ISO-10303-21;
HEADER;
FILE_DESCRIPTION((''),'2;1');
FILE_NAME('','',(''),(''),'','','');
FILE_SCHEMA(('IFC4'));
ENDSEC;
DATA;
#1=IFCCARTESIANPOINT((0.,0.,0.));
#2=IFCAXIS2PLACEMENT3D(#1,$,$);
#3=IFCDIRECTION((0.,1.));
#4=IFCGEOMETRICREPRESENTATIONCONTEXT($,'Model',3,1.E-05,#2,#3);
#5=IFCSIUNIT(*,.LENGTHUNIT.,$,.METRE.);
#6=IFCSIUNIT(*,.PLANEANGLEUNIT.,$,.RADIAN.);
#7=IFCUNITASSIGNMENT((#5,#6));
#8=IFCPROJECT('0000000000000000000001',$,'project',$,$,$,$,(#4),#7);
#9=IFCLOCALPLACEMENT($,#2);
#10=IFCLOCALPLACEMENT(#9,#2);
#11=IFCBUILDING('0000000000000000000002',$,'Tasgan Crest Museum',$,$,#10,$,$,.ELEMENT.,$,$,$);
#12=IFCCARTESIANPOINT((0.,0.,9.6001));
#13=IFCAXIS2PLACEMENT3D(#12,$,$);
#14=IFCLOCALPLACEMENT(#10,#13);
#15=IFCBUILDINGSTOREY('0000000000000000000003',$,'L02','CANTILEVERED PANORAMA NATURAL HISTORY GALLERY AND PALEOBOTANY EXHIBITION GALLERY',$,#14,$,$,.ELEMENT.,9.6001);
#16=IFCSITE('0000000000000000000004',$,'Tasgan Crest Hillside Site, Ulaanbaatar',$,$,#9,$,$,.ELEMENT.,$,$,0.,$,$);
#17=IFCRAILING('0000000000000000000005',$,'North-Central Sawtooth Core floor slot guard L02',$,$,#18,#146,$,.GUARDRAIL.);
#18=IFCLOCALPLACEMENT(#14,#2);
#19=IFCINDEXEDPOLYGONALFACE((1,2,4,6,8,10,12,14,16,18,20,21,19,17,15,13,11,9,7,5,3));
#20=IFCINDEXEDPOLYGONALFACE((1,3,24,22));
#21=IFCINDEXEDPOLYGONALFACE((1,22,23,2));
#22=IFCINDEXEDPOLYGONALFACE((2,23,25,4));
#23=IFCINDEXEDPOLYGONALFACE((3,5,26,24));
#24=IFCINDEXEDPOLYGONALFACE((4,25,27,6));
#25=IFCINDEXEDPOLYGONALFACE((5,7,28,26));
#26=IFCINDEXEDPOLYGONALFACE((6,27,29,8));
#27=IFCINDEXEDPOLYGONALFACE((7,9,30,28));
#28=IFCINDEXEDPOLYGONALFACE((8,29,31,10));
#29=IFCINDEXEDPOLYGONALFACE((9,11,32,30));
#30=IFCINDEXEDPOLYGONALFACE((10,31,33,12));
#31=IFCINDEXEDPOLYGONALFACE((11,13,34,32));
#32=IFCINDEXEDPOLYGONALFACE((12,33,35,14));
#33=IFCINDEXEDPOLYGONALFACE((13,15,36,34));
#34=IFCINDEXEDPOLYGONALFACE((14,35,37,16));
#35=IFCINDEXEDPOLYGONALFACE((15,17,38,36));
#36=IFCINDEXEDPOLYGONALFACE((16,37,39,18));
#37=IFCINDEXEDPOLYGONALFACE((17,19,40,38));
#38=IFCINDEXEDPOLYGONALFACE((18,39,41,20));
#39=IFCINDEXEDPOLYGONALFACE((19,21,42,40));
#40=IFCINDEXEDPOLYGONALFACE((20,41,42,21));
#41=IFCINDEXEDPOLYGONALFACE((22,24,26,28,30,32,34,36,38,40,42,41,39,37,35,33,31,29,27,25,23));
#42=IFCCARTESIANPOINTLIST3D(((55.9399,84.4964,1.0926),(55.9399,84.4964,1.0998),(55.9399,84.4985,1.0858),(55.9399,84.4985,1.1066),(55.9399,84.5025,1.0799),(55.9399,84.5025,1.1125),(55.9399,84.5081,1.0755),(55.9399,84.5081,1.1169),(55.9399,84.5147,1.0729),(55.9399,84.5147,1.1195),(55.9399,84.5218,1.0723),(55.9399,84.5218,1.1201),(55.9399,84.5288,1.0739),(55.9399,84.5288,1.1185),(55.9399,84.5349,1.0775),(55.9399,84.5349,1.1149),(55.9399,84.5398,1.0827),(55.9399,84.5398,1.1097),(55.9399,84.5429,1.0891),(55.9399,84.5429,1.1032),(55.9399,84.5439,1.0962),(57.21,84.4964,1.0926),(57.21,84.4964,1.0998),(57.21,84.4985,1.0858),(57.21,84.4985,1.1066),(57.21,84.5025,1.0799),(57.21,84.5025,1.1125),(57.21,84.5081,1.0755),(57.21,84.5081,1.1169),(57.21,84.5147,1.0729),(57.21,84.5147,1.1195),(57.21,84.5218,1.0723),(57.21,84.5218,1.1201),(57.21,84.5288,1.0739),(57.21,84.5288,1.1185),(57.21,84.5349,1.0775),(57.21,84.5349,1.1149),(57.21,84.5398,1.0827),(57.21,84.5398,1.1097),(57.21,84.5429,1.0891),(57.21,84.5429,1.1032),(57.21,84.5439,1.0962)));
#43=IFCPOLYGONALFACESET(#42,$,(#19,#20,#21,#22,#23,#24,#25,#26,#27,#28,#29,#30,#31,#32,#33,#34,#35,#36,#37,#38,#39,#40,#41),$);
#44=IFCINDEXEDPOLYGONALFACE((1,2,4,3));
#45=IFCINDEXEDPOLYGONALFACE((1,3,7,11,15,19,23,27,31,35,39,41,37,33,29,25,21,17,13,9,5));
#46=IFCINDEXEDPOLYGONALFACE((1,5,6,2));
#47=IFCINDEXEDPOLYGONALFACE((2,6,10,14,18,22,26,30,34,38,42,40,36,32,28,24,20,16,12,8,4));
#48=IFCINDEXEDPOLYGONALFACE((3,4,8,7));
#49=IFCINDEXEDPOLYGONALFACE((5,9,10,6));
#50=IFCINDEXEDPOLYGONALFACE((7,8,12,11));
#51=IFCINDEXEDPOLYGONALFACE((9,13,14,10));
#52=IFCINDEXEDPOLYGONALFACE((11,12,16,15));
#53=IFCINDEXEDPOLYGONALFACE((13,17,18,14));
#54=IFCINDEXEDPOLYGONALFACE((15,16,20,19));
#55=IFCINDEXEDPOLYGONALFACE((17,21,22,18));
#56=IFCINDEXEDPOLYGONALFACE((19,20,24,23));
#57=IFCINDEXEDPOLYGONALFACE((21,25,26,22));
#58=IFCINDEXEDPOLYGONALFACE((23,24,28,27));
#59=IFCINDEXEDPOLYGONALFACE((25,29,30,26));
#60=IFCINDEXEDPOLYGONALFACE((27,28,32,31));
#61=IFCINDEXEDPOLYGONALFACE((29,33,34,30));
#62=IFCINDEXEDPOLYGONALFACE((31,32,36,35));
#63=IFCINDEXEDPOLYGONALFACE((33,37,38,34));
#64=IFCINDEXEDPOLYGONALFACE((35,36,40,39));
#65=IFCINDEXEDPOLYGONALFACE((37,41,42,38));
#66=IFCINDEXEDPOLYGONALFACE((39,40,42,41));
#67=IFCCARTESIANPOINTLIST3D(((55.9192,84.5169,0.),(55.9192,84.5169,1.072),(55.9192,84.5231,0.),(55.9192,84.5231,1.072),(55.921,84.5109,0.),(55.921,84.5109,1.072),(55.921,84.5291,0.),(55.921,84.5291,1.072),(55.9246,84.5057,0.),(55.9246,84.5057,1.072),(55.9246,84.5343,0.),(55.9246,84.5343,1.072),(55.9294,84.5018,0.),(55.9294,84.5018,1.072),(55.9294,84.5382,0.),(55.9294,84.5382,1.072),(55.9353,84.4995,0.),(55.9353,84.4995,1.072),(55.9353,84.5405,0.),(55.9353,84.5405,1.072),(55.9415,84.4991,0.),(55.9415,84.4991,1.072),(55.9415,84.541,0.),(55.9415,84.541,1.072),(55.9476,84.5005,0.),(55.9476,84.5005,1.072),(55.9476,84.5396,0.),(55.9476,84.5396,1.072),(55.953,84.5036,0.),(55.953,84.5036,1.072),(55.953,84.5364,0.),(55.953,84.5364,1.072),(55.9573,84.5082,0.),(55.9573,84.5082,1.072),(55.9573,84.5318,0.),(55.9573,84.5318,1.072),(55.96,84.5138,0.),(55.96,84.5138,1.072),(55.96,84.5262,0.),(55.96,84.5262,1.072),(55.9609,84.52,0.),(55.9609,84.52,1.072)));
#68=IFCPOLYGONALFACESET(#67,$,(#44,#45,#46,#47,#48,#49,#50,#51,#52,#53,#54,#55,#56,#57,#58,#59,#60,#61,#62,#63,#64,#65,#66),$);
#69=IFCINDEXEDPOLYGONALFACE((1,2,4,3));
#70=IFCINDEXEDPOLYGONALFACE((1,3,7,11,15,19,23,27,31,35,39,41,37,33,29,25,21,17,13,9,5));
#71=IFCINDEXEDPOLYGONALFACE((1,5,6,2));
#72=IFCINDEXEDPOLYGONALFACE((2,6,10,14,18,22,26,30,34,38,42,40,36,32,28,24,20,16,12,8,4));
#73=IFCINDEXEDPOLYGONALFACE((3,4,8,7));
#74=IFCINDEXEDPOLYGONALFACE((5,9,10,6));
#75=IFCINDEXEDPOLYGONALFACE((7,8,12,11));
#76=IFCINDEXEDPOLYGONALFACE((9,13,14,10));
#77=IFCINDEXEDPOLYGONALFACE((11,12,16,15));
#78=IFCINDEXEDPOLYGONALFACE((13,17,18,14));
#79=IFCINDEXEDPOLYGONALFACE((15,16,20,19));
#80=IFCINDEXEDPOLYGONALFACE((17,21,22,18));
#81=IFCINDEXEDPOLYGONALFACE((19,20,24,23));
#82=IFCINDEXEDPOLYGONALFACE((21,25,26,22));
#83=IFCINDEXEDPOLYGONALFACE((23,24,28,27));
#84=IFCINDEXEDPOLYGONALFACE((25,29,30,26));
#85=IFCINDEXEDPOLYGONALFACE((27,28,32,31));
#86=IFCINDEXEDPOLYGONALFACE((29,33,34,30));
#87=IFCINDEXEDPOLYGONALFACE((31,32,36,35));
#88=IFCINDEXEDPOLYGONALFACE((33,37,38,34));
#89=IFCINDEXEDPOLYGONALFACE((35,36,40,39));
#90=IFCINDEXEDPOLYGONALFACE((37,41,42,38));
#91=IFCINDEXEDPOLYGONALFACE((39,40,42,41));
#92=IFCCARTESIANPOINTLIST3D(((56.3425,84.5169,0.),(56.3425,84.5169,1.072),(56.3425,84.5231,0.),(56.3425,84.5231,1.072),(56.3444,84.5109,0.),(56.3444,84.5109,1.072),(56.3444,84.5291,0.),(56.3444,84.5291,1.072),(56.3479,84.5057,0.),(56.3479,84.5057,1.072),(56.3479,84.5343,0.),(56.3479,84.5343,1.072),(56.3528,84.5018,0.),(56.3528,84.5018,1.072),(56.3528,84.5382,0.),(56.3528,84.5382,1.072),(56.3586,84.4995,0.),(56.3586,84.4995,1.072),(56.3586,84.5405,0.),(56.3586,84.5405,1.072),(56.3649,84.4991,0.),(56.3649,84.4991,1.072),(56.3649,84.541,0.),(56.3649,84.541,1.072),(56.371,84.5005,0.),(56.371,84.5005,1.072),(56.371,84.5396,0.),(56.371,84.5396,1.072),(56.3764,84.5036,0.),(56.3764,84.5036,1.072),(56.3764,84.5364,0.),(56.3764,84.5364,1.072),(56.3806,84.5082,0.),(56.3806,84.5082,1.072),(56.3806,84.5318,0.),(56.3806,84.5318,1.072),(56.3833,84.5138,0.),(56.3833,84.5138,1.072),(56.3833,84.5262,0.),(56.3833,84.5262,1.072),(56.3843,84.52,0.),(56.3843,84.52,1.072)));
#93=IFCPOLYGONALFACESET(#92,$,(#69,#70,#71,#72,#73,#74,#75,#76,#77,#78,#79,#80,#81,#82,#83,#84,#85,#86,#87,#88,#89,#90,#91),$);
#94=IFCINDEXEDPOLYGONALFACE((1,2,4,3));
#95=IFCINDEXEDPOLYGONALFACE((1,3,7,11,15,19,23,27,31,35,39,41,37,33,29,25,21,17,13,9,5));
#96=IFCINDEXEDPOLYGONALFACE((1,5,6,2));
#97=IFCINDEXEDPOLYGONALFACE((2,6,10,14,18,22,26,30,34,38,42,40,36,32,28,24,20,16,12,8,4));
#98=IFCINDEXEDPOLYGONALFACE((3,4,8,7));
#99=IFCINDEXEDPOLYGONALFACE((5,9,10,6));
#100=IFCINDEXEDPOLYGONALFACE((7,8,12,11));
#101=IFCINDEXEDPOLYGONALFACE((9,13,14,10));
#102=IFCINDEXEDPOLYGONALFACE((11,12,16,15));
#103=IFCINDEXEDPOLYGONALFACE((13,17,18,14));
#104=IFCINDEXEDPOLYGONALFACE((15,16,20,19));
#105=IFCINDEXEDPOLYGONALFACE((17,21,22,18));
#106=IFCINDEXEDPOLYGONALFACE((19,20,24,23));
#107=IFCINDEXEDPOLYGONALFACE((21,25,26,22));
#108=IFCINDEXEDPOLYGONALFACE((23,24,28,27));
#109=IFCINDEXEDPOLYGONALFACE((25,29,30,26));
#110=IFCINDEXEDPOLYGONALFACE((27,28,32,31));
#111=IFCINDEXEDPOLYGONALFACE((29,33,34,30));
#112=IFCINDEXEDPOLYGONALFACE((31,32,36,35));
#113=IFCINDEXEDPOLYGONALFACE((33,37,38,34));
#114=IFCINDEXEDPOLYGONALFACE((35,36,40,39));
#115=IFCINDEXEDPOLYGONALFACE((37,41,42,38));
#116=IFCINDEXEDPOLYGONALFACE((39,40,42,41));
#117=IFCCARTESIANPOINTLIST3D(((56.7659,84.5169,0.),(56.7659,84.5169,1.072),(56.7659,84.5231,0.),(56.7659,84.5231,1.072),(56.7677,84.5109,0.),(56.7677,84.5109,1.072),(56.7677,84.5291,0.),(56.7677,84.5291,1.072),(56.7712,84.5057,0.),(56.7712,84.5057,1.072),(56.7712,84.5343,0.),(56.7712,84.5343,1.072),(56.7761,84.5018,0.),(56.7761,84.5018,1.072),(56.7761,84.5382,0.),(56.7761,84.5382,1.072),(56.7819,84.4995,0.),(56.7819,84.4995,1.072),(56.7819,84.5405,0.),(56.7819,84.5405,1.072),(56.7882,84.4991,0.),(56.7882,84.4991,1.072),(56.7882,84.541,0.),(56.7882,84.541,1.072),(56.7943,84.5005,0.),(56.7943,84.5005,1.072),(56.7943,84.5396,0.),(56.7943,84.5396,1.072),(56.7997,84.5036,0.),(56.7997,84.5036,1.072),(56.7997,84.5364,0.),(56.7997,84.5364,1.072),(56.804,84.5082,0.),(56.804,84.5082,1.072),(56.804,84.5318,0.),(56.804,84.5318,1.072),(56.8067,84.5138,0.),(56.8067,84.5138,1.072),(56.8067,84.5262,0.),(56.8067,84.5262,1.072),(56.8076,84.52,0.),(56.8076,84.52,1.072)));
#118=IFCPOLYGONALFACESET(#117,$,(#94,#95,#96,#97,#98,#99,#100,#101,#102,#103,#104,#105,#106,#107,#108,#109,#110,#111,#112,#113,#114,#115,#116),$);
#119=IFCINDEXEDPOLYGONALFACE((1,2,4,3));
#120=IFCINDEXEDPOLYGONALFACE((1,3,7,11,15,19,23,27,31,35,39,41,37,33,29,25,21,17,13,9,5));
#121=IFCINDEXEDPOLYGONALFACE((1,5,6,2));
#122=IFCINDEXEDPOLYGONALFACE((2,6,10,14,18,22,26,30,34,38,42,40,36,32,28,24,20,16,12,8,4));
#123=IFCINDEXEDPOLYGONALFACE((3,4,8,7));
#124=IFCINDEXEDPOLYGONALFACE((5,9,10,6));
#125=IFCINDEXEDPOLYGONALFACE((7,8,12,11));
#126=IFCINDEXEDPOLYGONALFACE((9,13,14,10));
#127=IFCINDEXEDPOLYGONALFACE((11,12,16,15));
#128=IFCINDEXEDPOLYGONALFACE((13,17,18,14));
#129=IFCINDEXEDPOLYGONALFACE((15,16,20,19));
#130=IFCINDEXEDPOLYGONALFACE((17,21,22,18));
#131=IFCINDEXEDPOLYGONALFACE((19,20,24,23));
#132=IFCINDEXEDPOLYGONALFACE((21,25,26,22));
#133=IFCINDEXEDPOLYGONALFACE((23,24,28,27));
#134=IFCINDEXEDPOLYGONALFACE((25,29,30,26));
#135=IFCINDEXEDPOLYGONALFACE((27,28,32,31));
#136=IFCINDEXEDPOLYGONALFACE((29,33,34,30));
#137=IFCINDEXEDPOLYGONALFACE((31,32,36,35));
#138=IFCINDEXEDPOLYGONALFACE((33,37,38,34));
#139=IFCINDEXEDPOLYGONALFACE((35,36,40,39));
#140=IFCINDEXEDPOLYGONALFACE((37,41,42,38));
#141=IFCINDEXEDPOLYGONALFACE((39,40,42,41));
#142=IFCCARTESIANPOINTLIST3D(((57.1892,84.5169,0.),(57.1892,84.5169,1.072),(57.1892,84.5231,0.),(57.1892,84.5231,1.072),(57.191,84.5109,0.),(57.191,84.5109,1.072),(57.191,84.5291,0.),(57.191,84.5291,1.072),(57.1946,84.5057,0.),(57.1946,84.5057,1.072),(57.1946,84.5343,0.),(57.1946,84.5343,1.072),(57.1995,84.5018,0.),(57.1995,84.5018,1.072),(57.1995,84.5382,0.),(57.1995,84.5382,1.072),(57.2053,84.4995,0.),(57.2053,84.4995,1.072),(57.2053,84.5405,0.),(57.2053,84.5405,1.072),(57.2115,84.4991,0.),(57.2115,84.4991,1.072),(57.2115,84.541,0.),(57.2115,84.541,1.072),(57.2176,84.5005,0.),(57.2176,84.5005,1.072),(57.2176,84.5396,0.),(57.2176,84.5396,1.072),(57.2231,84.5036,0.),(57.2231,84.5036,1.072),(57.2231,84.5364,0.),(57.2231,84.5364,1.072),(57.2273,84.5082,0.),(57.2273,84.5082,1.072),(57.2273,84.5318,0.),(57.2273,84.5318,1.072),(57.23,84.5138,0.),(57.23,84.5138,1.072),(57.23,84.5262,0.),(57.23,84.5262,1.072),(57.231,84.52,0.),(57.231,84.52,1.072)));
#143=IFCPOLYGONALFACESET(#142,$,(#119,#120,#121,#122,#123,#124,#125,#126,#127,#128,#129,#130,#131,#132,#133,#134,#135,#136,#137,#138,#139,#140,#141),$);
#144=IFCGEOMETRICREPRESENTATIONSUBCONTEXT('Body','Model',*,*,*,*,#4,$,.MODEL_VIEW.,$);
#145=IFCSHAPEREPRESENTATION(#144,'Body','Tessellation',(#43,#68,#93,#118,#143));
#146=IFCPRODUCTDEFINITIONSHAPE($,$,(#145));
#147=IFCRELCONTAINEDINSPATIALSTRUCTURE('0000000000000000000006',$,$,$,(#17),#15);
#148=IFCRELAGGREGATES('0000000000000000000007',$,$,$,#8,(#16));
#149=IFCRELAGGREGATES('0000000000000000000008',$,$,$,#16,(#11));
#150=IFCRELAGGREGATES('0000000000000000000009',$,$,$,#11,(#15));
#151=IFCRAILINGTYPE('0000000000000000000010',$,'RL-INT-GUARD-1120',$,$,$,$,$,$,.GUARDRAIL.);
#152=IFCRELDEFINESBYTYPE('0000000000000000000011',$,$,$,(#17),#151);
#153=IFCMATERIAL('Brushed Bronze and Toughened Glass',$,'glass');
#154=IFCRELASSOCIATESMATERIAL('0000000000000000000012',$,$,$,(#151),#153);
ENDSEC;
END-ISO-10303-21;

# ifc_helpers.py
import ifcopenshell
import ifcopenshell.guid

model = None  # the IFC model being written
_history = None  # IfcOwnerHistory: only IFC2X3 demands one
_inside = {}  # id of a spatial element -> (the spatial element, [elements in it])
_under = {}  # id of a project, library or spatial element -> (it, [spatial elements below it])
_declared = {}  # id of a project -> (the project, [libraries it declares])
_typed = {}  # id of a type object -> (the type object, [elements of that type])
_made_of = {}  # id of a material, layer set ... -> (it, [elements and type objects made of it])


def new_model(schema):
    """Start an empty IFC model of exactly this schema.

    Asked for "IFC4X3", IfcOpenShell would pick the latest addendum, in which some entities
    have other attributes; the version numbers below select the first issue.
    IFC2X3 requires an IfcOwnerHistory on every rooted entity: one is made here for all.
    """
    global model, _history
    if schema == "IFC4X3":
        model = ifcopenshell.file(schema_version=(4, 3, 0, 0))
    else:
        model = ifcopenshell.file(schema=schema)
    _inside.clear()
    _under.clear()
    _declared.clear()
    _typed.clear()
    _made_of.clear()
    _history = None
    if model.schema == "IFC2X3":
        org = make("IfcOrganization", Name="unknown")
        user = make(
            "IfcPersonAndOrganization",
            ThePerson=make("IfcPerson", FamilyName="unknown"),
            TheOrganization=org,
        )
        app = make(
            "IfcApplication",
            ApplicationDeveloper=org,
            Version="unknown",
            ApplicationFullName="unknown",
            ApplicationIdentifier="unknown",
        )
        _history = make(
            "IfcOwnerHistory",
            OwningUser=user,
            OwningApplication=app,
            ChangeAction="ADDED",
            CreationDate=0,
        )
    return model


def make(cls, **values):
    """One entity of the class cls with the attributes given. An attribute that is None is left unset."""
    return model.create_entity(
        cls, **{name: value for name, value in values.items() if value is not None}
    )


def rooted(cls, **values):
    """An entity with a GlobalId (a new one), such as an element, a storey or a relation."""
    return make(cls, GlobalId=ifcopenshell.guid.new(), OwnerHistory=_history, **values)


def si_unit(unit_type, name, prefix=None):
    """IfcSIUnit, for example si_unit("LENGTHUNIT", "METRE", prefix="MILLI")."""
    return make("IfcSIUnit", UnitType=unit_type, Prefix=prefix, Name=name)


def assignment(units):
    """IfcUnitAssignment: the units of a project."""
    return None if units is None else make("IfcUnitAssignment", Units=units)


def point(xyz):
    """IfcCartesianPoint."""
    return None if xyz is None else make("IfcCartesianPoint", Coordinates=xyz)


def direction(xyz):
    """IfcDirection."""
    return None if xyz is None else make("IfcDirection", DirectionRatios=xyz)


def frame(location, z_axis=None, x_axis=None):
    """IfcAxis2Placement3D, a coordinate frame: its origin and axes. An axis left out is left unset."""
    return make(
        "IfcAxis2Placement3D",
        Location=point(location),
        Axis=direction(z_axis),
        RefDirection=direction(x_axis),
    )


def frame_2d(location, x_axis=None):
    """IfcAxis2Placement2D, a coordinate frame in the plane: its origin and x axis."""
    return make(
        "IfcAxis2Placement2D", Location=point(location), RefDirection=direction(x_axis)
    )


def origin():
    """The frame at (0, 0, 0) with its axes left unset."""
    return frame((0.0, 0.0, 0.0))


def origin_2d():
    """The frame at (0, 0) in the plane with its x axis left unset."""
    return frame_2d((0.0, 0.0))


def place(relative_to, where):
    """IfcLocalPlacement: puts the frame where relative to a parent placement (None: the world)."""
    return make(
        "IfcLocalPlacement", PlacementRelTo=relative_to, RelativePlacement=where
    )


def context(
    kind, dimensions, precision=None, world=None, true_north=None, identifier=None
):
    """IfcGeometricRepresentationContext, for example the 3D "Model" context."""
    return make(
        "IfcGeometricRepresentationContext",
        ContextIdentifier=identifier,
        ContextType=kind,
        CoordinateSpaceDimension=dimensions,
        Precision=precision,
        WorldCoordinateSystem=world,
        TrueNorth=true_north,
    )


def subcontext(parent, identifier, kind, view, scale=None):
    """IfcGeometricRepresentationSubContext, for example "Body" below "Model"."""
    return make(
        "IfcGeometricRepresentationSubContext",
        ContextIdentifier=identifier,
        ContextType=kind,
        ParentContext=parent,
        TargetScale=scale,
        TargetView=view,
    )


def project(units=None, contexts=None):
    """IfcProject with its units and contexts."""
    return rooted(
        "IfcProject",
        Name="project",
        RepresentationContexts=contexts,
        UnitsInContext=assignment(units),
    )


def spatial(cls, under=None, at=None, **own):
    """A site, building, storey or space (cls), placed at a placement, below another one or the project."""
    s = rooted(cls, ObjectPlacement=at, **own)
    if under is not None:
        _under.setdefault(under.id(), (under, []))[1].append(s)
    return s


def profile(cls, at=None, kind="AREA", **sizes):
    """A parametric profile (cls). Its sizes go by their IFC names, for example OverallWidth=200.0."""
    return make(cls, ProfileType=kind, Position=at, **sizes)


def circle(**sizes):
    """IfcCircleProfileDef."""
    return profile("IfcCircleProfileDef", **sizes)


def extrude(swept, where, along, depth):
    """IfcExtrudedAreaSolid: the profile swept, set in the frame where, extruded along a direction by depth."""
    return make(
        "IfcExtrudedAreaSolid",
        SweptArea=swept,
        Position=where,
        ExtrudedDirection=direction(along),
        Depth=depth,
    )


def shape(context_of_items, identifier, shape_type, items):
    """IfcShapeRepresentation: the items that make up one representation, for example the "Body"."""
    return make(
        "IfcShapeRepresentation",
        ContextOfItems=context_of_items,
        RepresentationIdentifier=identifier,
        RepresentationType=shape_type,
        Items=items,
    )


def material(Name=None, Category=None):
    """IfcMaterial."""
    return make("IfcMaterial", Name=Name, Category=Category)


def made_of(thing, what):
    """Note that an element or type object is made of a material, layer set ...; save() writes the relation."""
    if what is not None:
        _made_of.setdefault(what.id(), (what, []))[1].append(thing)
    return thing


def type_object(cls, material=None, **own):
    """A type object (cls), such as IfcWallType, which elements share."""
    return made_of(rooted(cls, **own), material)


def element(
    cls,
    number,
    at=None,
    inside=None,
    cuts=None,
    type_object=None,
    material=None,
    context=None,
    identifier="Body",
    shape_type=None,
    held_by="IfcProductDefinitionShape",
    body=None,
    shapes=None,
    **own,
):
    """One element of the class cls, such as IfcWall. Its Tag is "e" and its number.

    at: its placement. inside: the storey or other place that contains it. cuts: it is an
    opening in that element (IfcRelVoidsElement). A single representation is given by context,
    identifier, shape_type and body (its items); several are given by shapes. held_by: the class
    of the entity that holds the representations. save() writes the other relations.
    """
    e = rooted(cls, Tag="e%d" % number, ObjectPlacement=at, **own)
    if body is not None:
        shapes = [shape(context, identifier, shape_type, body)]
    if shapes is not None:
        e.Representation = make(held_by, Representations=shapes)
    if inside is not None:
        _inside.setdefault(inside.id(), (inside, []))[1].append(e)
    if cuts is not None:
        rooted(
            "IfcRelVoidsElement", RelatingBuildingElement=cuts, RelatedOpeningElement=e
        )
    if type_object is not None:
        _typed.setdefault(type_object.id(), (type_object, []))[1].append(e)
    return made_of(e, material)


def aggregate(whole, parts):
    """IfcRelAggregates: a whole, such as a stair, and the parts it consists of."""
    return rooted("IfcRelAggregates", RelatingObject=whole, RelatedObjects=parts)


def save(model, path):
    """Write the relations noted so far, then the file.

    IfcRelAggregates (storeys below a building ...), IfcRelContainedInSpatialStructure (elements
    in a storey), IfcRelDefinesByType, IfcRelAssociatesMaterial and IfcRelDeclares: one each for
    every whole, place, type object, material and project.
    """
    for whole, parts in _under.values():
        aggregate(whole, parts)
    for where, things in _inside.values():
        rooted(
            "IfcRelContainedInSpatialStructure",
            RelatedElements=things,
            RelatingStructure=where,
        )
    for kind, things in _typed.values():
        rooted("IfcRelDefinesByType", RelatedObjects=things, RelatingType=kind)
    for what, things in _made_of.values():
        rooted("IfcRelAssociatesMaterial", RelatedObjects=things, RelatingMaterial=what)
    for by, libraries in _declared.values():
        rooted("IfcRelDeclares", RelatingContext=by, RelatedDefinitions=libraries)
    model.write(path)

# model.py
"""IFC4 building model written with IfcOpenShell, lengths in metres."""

from ifc_helpers import new_model, si_unit, direction, frame, origin, origin_2d, place, context, subcontext, project, spatial, circle, extrude, material, type_object, element, save


model = new_model("IFC4")

# Units and contexts
model_context = context("Model", 3, precision=1e-05, world=origin(), true_north=direction((0.0, 1.0)))
body_context = subcontext(model_context, "Body", "Model", "MODEL_VIEW")
ifc_project = project(units=[si_unit("LENGTHUNIT", "METRE"), si_unit("PLANEANGLEUNIT", "RADIAN")], contexts=[model_context])

# Site, building, storey
site_placement = place(None, origin())
site = spatial("IfcSite", under=ifc_project, at=site_placement, Name="Tasgan Crest Hillside Site, Ulaanbaatar", CompositionType="ELEMENT", RefElevation=0.0)
building_placement = place(site_placement, origin())
building = spatial("IfcBuilding", under=site, at=building_placement, Name="Tasgan Crest Museum", CompositionType="ELEMENT")
storey_placement = place(building_placement, frame((0.0, 0.0, 9.6001)))
storey = spatial("IfcBuildingStorey", under=building, at=storey_placement, Name="L02", Description="CANTILEVERED PANORAMA NATURAL HISTORY GALLERY AND PALEOBOTANY EXHIBITION GALLERY", CompositionType="ELEMENT", Elevation=9.6001)

# Railing
ifc_material_1 = material(Name="Brushed Bronze and Toughened Glass", Category="glass")
railing_type_1 = type_object("IfcRailingType", Name="RL-INT-GUARD-1120", PredefinedType="GUARDRAIL", material=ifc_material_1)
railing_placement = place(storey_placement, frame((55.9399, 84.52, 0.0)))
element("IfcRailing", 1, at=railing_placement, inside=storey, type_object=railing_type_1, Name="North-Central Sawtooth Core floor slot guard L02", PredefinedType="GUARDRAIL", context=body_context, shape_type="SweptSolid", body=[
    extrude(circle(Radius=0.0239, at=origin_2d()), frame((0.0, 0.0, 1.0962), z_axis=(1.0, 0.0, 0.0), x_axis=(0.0, 1.0, 0.0)), (0.0, 0.0, 1.0), 1.27),
    extrude(circle(Radius=0.021, at=origin_2d()), origin(), (0.0, 0.0, 1.0), 1.072),
    extrude(circle(Radius=0.021, at=origin_2d()), frame((0.4233, 0.0, 0.0)), (0.0, 0.0, 1.0), 1.072),
    extrude(circle(Radius=0.021, at=origin_2d()), frame((0.8467, 0.0, 0.0)), (0.0, 0.0, 1.0), 1.072),
    extrude(circle(Radius=0.021, at=origin_2d()), frame((1.27, 0.0, 0.0)), (0.0, 0.0, 1.0), 1.072),
])

save(model, "model.ifc")
